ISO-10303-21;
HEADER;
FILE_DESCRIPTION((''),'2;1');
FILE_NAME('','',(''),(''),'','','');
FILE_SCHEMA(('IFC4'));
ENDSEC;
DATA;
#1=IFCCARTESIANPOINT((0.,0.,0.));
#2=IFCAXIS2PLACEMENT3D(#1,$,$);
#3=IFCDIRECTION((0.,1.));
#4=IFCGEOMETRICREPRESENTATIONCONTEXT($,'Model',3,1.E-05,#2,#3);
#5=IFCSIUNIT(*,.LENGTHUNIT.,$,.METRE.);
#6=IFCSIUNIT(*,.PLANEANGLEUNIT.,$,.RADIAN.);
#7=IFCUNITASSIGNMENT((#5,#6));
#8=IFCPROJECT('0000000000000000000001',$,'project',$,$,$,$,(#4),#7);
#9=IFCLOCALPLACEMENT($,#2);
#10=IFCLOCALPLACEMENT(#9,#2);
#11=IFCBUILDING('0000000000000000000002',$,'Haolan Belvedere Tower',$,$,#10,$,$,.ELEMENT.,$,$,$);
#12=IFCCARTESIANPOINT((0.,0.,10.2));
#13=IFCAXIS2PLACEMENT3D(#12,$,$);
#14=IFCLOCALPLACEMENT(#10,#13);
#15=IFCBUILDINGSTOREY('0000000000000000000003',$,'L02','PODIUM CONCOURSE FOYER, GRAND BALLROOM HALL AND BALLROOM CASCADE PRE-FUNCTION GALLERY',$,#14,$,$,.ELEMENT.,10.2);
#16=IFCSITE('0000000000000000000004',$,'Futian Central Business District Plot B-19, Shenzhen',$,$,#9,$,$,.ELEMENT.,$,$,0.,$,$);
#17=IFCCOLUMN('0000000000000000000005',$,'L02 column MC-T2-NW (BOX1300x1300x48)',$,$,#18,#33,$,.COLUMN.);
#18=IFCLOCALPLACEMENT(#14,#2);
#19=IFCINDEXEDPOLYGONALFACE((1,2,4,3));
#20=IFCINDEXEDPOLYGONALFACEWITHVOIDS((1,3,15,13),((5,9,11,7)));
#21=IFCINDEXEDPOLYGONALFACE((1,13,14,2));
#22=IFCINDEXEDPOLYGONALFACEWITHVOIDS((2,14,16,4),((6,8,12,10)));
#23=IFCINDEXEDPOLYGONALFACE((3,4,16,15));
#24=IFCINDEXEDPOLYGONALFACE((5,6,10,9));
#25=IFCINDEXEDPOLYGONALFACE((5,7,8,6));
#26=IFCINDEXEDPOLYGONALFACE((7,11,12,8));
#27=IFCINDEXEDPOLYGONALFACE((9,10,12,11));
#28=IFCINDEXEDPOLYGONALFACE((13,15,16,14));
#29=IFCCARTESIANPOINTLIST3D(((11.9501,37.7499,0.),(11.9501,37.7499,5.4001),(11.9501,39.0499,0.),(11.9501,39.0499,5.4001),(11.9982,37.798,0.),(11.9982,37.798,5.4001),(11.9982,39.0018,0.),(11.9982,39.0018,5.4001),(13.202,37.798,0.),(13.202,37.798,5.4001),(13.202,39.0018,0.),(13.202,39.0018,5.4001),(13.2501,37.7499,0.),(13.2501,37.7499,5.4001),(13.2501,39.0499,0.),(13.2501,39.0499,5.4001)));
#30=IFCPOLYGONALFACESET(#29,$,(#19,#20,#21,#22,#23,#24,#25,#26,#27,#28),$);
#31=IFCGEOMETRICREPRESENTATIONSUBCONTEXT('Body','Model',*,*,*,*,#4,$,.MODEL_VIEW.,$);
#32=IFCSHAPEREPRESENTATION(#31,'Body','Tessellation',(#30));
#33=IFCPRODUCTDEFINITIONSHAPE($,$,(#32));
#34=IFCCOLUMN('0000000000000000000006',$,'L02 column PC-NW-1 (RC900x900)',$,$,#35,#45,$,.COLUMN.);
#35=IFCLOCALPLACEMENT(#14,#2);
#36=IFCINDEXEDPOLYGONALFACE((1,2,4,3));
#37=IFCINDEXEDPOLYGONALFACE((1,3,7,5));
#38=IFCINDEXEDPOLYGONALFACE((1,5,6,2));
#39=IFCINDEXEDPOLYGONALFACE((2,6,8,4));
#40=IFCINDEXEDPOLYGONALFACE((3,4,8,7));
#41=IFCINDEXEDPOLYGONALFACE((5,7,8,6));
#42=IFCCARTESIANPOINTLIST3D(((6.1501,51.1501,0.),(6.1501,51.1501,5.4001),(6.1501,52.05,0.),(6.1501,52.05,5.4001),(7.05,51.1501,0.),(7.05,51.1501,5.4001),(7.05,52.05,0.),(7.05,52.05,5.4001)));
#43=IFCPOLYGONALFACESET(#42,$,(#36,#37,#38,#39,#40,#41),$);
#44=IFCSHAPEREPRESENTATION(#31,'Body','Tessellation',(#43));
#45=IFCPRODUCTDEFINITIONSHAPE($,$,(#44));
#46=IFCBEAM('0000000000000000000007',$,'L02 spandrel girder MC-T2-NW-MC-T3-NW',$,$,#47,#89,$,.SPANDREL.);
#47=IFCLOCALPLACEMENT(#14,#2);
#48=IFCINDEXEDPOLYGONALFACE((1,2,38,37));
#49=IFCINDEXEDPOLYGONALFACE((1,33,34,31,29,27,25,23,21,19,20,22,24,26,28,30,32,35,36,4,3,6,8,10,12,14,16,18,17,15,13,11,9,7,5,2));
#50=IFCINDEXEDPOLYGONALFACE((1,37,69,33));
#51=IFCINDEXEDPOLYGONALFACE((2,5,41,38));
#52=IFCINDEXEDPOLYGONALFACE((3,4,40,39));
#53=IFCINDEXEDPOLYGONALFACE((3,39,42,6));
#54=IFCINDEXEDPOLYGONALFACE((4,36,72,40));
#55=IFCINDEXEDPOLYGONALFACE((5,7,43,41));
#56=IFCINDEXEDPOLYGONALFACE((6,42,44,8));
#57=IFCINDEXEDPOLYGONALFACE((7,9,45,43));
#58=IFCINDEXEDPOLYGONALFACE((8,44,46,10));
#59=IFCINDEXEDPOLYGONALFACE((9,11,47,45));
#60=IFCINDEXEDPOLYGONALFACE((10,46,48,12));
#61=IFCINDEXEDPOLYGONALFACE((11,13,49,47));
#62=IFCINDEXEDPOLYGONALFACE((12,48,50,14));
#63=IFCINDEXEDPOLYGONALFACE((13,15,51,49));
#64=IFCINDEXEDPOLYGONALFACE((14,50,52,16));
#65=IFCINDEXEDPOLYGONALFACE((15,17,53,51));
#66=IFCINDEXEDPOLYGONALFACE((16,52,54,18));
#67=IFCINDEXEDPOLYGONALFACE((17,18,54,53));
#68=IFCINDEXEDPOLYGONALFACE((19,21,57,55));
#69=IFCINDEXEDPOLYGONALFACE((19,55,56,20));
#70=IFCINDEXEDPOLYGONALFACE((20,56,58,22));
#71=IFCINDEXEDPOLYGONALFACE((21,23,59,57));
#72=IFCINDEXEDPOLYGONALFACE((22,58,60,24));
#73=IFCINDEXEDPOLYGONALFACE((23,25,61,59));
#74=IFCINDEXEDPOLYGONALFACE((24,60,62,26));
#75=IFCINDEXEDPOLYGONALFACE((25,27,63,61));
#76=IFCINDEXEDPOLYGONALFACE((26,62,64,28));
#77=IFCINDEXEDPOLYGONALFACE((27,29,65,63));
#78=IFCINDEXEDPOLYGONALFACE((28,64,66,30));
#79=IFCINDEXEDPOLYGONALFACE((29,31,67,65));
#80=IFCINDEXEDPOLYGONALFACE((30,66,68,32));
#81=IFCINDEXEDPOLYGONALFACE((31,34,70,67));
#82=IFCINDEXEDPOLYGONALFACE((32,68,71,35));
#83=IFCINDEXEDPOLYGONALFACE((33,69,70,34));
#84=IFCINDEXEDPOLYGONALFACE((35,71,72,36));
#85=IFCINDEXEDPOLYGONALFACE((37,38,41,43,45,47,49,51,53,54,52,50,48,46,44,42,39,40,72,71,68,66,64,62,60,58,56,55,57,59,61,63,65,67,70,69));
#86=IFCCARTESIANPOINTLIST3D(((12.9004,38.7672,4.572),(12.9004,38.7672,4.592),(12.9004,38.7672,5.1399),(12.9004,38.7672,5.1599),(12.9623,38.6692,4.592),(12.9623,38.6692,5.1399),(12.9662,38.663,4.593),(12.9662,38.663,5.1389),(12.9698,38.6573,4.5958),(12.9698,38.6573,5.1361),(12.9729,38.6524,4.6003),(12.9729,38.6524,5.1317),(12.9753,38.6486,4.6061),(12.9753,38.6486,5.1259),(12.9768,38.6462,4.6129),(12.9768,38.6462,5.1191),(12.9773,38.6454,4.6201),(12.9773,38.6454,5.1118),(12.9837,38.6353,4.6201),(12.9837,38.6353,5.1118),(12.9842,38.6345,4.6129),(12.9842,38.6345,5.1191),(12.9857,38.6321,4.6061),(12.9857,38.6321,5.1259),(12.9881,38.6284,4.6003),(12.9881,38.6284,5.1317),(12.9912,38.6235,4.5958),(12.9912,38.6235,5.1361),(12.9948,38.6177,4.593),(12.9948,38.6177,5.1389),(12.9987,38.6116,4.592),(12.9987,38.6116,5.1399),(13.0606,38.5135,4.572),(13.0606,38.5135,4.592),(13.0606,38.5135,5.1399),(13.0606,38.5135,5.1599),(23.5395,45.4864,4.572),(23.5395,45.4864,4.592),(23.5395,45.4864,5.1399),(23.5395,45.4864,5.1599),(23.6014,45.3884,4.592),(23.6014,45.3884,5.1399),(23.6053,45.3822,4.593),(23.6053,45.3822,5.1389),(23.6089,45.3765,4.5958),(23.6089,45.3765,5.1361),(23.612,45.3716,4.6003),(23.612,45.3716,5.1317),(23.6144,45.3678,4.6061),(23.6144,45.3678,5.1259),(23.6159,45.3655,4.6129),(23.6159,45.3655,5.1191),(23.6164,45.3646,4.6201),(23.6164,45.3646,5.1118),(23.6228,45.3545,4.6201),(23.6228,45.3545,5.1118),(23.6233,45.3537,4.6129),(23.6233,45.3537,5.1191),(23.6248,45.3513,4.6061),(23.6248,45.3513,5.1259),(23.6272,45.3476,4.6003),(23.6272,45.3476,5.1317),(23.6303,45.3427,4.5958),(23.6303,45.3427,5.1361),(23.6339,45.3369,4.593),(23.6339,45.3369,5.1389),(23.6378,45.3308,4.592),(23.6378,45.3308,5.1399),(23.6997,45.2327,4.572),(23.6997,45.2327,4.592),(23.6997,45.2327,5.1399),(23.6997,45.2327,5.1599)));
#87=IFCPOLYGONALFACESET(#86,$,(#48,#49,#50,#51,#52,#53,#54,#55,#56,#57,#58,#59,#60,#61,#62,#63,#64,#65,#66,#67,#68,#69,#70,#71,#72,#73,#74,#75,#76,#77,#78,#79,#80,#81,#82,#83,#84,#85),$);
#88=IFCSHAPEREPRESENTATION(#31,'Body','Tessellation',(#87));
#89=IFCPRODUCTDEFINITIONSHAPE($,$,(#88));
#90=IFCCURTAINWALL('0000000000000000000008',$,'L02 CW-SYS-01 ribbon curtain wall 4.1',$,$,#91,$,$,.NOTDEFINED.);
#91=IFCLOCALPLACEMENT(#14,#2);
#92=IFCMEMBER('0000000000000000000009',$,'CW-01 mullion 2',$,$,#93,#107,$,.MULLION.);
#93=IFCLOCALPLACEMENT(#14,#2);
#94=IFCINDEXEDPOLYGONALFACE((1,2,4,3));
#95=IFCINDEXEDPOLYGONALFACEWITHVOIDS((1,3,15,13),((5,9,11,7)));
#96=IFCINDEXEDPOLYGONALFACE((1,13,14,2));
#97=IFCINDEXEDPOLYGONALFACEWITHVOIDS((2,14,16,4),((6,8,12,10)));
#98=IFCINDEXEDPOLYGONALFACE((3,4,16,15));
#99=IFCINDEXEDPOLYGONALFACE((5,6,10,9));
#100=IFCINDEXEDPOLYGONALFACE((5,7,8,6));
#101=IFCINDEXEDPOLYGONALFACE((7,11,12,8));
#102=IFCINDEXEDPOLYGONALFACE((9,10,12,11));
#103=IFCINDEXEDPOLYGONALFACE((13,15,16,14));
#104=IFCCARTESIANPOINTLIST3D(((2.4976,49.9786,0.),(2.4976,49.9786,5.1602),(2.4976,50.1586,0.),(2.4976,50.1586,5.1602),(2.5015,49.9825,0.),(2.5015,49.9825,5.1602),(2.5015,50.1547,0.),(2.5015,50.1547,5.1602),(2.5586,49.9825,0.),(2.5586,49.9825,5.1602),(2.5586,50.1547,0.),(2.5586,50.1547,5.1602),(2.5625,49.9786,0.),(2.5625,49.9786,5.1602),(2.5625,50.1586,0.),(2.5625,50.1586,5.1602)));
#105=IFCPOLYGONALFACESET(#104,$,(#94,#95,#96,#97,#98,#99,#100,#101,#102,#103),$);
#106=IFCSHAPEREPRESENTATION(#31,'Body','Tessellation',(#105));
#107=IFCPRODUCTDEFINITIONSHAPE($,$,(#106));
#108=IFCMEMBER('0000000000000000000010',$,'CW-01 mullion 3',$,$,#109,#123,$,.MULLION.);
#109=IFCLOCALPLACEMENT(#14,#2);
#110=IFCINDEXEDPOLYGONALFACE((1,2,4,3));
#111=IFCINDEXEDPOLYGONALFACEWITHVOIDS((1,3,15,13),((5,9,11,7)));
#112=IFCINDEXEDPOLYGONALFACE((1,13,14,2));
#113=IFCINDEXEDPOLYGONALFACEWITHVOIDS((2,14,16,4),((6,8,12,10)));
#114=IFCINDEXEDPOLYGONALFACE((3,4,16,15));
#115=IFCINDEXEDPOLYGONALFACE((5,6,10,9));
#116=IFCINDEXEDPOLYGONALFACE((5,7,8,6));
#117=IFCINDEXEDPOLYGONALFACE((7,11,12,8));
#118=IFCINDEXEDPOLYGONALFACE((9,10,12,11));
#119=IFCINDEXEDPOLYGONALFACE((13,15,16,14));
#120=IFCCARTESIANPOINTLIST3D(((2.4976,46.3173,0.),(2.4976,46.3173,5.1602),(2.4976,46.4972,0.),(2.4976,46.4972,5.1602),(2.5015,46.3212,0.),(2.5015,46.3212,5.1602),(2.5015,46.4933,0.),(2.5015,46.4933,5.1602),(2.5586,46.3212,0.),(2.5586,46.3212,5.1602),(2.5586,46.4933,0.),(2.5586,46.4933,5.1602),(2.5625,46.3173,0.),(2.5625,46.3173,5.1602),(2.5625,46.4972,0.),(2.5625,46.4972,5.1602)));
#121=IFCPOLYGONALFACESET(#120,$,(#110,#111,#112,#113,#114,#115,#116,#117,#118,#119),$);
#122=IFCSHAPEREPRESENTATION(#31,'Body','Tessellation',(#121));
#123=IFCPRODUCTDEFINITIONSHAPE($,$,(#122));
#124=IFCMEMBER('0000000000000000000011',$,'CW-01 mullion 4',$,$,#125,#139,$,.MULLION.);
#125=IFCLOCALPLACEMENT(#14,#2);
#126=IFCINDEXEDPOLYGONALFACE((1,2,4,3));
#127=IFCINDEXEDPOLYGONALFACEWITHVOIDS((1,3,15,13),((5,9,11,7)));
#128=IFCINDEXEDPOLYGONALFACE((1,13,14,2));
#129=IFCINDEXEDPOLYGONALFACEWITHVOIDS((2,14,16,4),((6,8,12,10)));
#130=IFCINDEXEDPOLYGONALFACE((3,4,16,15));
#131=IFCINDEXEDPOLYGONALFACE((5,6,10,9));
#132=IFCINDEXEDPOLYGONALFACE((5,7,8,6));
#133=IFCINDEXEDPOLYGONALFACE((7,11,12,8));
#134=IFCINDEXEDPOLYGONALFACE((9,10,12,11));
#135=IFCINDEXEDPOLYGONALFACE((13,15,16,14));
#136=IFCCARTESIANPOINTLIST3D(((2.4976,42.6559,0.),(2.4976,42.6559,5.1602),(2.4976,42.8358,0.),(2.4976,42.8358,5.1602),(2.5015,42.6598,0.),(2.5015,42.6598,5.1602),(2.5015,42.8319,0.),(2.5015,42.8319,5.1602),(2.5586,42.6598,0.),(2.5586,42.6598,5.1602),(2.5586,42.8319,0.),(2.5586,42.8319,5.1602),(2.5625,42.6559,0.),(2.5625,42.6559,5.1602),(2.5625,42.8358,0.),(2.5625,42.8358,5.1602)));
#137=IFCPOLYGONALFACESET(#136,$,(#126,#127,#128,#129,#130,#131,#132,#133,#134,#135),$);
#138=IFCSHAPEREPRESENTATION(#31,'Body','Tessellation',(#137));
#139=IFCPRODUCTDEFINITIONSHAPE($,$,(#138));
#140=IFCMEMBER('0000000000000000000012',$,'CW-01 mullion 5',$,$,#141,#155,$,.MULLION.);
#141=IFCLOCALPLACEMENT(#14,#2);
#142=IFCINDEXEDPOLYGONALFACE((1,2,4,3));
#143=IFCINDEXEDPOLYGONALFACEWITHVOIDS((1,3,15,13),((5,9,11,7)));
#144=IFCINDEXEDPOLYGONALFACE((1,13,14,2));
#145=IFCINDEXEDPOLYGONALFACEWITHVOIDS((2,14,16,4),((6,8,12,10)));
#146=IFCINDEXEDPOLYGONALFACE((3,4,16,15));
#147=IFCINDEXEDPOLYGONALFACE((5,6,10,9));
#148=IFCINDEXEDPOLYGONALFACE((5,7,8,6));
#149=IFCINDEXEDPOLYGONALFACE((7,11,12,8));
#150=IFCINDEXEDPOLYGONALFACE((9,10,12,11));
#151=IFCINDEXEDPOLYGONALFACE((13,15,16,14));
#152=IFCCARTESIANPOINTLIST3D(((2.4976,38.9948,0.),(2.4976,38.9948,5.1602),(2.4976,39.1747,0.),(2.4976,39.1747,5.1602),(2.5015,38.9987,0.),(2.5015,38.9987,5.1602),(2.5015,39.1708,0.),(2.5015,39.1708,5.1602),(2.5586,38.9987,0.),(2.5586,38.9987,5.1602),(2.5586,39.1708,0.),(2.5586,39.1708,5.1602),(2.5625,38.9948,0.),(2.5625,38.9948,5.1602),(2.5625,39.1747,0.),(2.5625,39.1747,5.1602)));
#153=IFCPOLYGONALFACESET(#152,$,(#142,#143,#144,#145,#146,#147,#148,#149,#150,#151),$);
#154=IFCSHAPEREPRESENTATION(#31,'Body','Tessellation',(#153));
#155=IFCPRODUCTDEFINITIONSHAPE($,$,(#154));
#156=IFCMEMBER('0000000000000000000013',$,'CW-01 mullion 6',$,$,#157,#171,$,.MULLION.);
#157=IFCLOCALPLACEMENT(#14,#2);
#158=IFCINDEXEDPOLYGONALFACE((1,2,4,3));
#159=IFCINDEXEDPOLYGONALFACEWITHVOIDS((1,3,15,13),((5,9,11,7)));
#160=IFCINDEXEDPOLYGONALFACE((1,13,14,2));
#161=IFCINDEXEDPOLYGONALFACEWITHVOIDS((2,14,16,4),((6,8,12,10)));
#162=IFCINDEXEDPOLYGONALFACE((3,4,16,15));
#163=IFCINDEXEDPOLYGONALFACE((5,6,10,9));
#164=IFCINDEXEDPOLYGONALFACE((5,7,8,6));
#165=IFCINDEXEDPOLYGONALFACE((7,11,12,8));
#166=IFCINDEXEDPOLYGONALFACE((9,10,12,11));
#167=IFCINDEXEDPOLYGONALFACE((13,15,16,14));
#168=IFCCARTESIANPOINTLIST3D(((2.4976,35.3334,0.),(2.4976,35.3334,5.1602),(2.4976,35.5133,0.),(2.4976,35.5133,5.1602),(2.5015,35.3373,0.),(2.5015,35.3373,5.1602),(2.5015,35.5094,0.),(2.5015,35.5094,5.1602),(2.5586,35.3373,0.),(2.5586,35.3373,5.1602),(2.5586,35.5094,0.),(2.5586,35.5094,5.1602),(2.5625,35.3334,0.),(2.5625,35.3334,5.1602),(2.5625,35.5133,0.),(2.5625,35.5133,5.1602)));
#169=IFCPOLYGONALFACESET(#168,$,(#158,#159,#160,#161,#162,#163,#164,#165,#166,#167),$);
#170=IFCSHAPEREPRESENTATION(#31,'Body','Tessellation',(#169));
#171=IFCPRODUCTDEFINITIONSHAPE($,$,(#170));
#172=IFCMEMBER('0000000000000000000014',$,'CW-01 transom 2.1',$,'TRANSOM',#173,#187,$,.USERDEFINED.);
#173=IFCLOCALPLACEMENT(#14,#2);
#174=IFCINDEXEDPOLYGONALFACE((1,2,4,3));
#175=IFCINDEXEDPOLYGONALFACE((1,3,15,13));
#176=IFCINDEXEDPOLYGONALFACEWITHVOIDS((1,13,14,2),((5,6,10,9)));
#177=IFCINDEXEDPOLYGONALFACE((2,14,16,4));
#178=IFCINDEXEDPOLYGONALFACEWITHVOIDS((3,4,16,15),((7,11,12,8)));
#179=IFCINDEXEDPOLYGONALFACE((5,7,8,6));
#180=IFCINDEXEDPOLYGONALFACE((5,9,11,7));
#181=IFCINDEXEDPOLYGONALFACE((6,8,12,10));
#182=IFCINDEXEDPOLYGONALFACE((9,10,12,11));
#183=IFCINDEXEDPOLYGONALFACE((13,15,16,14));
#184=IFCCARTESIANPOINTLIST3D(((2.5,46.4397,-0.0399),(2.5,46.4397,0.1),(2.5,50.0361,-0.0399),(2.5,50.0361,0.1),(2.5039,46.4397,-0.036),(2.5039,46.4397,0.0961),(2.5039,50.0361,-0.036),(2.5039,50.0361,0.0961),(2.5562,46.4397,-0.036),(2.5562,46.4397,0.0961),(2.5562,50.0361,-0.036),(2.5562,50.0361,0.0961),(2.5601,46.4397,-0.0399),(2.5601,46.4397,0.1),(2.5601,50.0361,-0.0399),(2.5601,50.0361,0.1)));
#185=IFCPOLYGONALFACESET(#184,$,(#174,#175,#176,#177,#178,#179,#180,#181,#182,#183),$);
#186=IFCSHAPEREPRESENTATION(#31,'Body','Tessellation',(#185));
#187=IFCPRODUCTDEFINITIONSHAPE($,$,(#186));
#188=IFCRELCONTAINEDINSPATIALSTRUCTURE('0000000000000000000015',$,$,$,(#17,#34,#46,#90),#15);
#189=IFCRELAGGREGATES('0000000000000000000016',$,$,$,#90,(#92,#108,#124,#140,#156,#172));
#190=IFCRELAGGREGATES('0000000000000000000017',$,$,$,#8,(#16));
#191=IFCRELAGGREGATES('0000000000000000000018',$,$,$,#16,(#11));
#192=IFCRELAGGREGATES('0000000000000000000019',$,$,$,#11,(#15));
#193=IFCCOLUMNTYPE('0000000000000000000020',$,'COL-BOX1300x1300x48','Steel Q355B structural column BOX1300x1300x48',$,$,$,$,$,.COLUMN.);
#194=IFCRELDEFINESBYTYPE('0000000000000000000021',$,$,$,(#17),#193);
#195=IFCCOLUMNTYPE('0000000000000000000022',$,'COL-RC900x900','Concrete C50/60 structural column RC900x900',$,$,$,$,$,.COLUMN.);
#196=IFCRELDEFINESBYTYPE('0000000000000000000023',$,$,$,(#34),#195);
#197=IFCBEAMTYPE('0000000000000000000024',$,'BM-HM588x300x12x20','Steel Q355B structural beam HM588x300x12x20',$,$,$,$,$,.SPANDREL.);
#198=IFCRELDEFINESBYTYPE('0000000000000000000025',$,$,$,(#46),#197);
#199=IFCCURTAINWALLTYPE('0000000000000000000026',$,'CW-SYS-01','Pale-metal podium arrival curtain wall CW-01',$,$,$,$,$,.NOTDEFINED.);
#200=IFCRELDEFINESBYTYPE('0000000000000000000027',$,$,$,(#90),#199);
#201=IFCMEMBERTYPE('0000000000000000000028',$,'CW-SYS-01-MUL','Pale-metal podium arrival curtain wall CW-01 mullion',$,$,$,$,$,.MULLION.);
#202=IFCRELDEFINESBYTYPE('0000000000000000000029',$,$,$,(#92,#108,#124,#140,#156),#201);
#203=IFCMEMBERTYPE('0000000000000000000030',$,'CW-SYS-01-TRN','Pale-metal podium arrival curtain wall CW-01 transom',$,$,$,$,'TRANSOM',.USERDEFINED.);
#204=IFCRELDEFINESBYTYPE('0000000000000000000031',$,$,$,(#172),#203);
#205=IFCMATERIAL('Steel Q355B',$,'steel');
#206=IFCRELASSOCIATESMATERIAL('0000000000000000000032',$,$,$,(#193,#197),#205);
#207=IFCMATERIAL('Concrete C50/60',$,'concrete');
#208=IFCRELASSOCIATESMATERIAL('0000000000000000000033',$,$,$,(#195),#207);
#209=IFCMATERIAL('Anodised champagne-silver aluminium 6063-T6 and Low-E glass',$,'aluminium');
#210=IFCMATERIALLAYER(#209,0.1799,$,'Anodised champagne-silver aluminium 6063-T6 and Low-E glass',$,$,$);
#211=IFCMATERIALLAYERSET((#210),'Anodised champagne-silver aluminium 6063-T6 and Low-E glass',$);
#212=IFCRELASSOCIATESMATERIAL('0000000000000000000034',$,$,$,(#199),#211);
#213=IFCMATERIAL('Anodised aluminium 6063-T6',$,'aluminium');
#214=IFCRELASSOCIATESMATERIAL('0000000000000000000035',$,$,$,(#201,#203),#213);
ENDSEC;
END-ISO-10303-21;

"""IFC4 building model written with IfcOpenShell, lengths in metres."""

from ifc_helpers import new_model, si_unit, direction, frame, origin, origin_2d, place, context, subcontext, project, spatial, rectangle, hollow_rectangle, i_section, extrude, material, layer, layer_set, material_profile, profile_set, type_object, element, aggregate, save


model = new_model("IFC4")

# Units and contexts
model_context = context("Model", 3, precision=1e-05, world=origin(), true_north=direction((0.0, 1.0)))
body_context = subcontext(model_context, "Body", "Model", "MODEL_VIEW")
ifc_project = project(units=[si_unit("LENGTHUNIT", "METRE"), si_unit("PLANEANGLEUNIT", "RADIAN")], contexts=[model_context])

# Site, building, storey
site_placement = place(None, origin())
site = spatial("IfcSite", under=ifc_project, at=site_placement, Name="Futian Central Business District Plot B-19, Shenzhen", CompositionType="ELEMENT", RefElevation=0.0)
building_placement = place(site_placement, origin())
building = spatial("IfcBuilding", under=site, at=building_placement, Name="Haolan Belvedere Tower", CompositionType="ELEMENT")
storey_placement = place(building_placement, frame((0.0, 0.0, 10.2)))
storey = spatial("IfcBuildingStorey", under=building, at=storey_placement, Name="L02", Description="PODIUM CONCOURSE FOYER, GRAND BALLROOM HALL AND BALLROOM CASCADE PRE-FUNCTION GALLERY", CompositionType="ELEMENT", Elevation=10.2)

# Columns
ifc_material_1 = material(Name="Steel Q355B", Category="steel")
ifc_material_profile_1 = material_profile(ifc_material_1, hollow_rectangle(XDim=1.3, YDim=1.3, WallThickness=0.0481, at=origin_2d()), Name="Steel Q355B")
ifc_profile_set_1 = profile_set([ifc_material_profile_1], Name="Steel Q355B")
column_type_1 = type_object("IfcColumnType", Name="COL-BOX1300x1300x48", Description="Steel Q355B structural column BOX1300x1300x48", PredefinedType="COLUMN", material=ifc_profile_set_1)
column_1_placement = place(storey_placement, frame((12.6001, 38.3999, 0.0), z_axis=(0.0, 0.0, 1.0), x_axis=(1.0, 0.0, 0.0)))
element("IfcColumn", 1, at=column_1_placement, inside=storey, type_object=column_type_1, Name="L02 column MC-T2-NW (BOX1300x1300x48)", PredefinedType="COLUMN", context=body_context, shape_type="SweptSolid", body=[
    extrude(hollow_rectangle(XDim=1.3, YDim=1.3, WallThickness=0.0481, at=origin_2d()), origin(), (0.0, 0.0, 1.0), 5.4001),
])
ifc_material_2 = material(Name="Concrete C50/60", Category="concrete")
ifc_material_profile_2 = material_profile(ifc_material_2, rectangle(XDim=0.8999, YDim=0.8999, at=origin_2d()), Name="Concrete C50/60")
ifc_profile_set_2 = profile_set([ifc_material_profile_2], Name="Concrete C50/60")
column_type_2 = type_object("IfcColumnType", Name="COL-RC900x900", Description="Concrete C50/60 structural column RC900x900", PredefinedType="COLUMN", material=ifc_profile_set_2)
column_2_placement = place(storey_placement, frame((6.6001, 51.6001, 0.0), z_axis=(0.0, 0.0, 1.0), x_axis=(1.0, 0.0, 0.0)))
element("IfcColumn", 2, at=column_2_placement, inside=storey, type_object=column_type_2, Name="L02 column PC-NW-1 (RC900x900)", PredefinedType="COLUMN", context=body_context, shape_type="SweptSolid", body=[
    extrude(rectangle(XDim=0.8999, YDim=0.8999, at=origin_2d()), origin(), (0.0, 0.0, 1.0), 5.4001),
])

# Beam
ifc_material_profile_3 = material_profile(ifc_material_1, i_section(OverallWidth=0.3, OverallDepth=0.5879, WebThickness=0.012, FlangeThickness=0.02, FilletRadius=0.0281, at=origin_2d()), Name="Steel Q355B")
ifc_profile_set_3 = profile_set([ifc_material_profile_3], Name="Steel Q355B")
beam_type = type_object("IfcBeamType", Name="BM-HM588x300x12x20", Description="Steel Q355B structural beam HM588x300x12x20", PredefinedType="SPANDREL", material=ifc_profile_set_3)
beam_placement = place(storey_placement, frame((12.9805, 38.6404, 4.866), z_axis=(0.845497, 0.53398, 0.0), x_axis=(-0.53398, 0.845497, 0.0)))
element("IfcBeam", 3, at=beam_placement, inside=storey, type_object=beam_type, Name="L02 spandrel girder MC-T2-NW-MC-T3-NW", PredefinedType="SPANDREL", context=body_context, shape_type="SweptSolid", body=[
    extrude(i_section(OverallWidth=0.3, OverallDepth=0.5879, WebThickness=0.012, FlangeThickness=0.02, FilletRadius=0.0281, at=origin_2d()), origin(), (0.0, 0.0, 1.0), 12.5833),
])

# Curtain wall, members
ifc_material_3 = material(Name="Anodised champagne-silver aluminium 6063-T6 and Low-E glass", Category="aluminium")
ifc_layer_1 = layer(ifc_material_3, 0.1799, Name="Anodised champagne-silver aluminium 6063-T6 and Low-E glass")
ifc_layer_set_1 = layer_set([ifc_layer_1], Name="Anodised champagne-silver aluminium 6063-T6 and Low-E glass")
curtain_wall_type = type_object("IfcCurtainWallType", Name="CW-SYS-01", Description="Pale-metal podium arrival curtain wall CW-01", PredefinedType="NOTDEFINED", material=ifc_layer_set_1)
curtain_wall_placement = place(storey_placement, origin())
curtain_wall = element("IfcCurtainWall", 4, at=curtain_wall_placement, inside=storey, type_object=curtain_wall_type, Name="L02 CW-SYS-01 ribbon curtain wall 4.1", PredefinedType="NOTDEFINED")
ifc_material_4 = material(Name="Anodised aluminium 6063-T6", Category="aluminium")
ifc_material_profile_4 = material_profile(ifc_material_4, hollow_rectangle(XDim=0.0649, YDim=0.1799, WallThickness=0.0039, at=origin_2d()), Name="Anodised aluminium 6063-T6")
ifc_profile_set_4 = profile_set([ifc_material_profile_4], Name="Anodised aluminium 6063-T6")
member_type_1 = type_object("IfcMemberType", Name="CW-SYS-01-MUL", Description="Pale-metal podium arrival curtain wall CW-01 mullion", PredefinedType="MULLION", material=ifc_profile_set_4)
member_1_placement = place(storey_placement, frame((2.53, 50.0686, 0.0), z_axis=(0.0, 0.0, 1.0), x_axis=(1.0, 0.0, 0.0)))
member_1 = element("IfcMember", 5, at=member_1_placement, type_object=member_type_1, Name="CW-01 mullion 2", PredefinedType="MULLION", context=body_context, shape_type="SweptSolid", body=[
    extrude(hollow_rectangle(XDim=0.0649, YDim=0.1799, WallThickness=0.0039, at=origin_2d()), origin(), (0.0, 0.0, 1.0), 5.1602),
])
member_2_placement = place(storey_placement, frame((2.53, 46.4072, 0.0), z_axis=(0.0, 0.0, 1.0), x_axis=(1.0, 0.0, 0.0)))
member_2 = element("IfcMember", 6, at=member_2_placement, type_object=member_type_1, Name="CW-01 mullion 3", PredefinedType="MULLION", context=body_context, shape_type="SweptSolid", body=[
    extrude(hollow_rectangle(XDim=0.0649, YDim=0.1799, WallThickness=0.0039, at=origin_2d()), origin(), (0.0, 0.0, 1.0), 5.1602),
])
member_3_placement = place(storey_placement, frame((2.53, 42.7458, 0.0), z_axis=(0.0, 0.0, 1.0), x_axis=(1.0, 0.0, 0.0)))
member_3 = element("IfcMember", 7, at=member_3_placement, type_object=member_type_1, Name="CW-01 mullion 4", PredefinedType="MULLION", context=body_context, shape_type="SweptSolid", body=[
    extrude(hollow_rectangle(XDim=0.0649, YDim=0.1799, WallThickness=0.0039, at=origin_2d()), origin(), (0.0, 0.0, 1.0), 5.1602),
])
member_4_placement = place(storey_placement, frame((2.53, 39.0847, 0.0), z_axis=(0.0, 0.0, 1.0), x_axis=(1.0, 0.0, 0.0)))
member_4 = element("IfcMember", 8, at=member_4_placement, type_object=member_type_1, Name="CW-01 mullion 5", PredefinedType="MULLION", context=body_context, shape_type="SweptSolid", body=[
    extrude(hollow_rectangle(XDim=0.0649, YDim=0.1799, WallThickness=0.0039, at=origin_2d()), origin(), (0.0, 0.0, 1.0), 5.1602),
])
member_5_placement = place(storey_placement, frame((2.53, 35.4233, 0.0), z_axis=(0.0, 0.0, 1.0), x_axis=(1.0, 0.0, 0.0)))
member_5 = element("IfcMember", 9, at=member_5_placement, type_object=member_type_1, Name="CW-01 mullion 6", PredefinedType="MULLION", context=body_context, shape_type="SweptSolid", body=[
    extrude(hollow_rectangle(XDim=0.0649, YDim=0.1799, WallThickness=0.0039, at=origin_2d()), origin(), (0.0, 0.0, 1.0), 5.1602),
])
ifc_material_profile_5 = material_profile(ifc_material_4, hollow_rectangle(XDim=0.0601, YDim=0.1399, WallThickness=0.0039, at=origin_2d()), Name="Anodised aluminium 6063-T6")
ifc_profile_set_5 = profile_set([ifc_material_profile_5], Name="Anodised aluminium 6063-T6")
member_type_2 = type_object("IfcMemberType", Name="CW-SYS-01-TRN", Description="Pale-metal podium arrival curtain wall CW-01 transom", ElementType="TRANSOM", PredefinedType="USERDEFINED", material=ifc_profile_set_5)
member_6_placement = place(storey_placement, frame((2.53, 50.0361, 0.03), z_axis=(0.0, -1.0, 0.0), x_axis=(1.0, 0.0, 0.0)))
member_6 = element("IfcMember", 10, at=member_6_placement, type_object=member_type_2, Name="CW-01 transom 2.1", ObjectType="TRANSOM", PredefinedType="USERDEFINED", context=body_context, shape_type="SweptSolid", body=[
    extrude(hollow_rectangle(XDim=0.0601, YDim=0.1399, WallThickness=0.0039, at=origin_2d()), origin(), (0.0, 0.0, 1.0), 3.5964),
])
aggregate(curtain_wall, [member_1, member_2, member_3, member_4, member_5, member_6])

save(model, "model.ifc")
